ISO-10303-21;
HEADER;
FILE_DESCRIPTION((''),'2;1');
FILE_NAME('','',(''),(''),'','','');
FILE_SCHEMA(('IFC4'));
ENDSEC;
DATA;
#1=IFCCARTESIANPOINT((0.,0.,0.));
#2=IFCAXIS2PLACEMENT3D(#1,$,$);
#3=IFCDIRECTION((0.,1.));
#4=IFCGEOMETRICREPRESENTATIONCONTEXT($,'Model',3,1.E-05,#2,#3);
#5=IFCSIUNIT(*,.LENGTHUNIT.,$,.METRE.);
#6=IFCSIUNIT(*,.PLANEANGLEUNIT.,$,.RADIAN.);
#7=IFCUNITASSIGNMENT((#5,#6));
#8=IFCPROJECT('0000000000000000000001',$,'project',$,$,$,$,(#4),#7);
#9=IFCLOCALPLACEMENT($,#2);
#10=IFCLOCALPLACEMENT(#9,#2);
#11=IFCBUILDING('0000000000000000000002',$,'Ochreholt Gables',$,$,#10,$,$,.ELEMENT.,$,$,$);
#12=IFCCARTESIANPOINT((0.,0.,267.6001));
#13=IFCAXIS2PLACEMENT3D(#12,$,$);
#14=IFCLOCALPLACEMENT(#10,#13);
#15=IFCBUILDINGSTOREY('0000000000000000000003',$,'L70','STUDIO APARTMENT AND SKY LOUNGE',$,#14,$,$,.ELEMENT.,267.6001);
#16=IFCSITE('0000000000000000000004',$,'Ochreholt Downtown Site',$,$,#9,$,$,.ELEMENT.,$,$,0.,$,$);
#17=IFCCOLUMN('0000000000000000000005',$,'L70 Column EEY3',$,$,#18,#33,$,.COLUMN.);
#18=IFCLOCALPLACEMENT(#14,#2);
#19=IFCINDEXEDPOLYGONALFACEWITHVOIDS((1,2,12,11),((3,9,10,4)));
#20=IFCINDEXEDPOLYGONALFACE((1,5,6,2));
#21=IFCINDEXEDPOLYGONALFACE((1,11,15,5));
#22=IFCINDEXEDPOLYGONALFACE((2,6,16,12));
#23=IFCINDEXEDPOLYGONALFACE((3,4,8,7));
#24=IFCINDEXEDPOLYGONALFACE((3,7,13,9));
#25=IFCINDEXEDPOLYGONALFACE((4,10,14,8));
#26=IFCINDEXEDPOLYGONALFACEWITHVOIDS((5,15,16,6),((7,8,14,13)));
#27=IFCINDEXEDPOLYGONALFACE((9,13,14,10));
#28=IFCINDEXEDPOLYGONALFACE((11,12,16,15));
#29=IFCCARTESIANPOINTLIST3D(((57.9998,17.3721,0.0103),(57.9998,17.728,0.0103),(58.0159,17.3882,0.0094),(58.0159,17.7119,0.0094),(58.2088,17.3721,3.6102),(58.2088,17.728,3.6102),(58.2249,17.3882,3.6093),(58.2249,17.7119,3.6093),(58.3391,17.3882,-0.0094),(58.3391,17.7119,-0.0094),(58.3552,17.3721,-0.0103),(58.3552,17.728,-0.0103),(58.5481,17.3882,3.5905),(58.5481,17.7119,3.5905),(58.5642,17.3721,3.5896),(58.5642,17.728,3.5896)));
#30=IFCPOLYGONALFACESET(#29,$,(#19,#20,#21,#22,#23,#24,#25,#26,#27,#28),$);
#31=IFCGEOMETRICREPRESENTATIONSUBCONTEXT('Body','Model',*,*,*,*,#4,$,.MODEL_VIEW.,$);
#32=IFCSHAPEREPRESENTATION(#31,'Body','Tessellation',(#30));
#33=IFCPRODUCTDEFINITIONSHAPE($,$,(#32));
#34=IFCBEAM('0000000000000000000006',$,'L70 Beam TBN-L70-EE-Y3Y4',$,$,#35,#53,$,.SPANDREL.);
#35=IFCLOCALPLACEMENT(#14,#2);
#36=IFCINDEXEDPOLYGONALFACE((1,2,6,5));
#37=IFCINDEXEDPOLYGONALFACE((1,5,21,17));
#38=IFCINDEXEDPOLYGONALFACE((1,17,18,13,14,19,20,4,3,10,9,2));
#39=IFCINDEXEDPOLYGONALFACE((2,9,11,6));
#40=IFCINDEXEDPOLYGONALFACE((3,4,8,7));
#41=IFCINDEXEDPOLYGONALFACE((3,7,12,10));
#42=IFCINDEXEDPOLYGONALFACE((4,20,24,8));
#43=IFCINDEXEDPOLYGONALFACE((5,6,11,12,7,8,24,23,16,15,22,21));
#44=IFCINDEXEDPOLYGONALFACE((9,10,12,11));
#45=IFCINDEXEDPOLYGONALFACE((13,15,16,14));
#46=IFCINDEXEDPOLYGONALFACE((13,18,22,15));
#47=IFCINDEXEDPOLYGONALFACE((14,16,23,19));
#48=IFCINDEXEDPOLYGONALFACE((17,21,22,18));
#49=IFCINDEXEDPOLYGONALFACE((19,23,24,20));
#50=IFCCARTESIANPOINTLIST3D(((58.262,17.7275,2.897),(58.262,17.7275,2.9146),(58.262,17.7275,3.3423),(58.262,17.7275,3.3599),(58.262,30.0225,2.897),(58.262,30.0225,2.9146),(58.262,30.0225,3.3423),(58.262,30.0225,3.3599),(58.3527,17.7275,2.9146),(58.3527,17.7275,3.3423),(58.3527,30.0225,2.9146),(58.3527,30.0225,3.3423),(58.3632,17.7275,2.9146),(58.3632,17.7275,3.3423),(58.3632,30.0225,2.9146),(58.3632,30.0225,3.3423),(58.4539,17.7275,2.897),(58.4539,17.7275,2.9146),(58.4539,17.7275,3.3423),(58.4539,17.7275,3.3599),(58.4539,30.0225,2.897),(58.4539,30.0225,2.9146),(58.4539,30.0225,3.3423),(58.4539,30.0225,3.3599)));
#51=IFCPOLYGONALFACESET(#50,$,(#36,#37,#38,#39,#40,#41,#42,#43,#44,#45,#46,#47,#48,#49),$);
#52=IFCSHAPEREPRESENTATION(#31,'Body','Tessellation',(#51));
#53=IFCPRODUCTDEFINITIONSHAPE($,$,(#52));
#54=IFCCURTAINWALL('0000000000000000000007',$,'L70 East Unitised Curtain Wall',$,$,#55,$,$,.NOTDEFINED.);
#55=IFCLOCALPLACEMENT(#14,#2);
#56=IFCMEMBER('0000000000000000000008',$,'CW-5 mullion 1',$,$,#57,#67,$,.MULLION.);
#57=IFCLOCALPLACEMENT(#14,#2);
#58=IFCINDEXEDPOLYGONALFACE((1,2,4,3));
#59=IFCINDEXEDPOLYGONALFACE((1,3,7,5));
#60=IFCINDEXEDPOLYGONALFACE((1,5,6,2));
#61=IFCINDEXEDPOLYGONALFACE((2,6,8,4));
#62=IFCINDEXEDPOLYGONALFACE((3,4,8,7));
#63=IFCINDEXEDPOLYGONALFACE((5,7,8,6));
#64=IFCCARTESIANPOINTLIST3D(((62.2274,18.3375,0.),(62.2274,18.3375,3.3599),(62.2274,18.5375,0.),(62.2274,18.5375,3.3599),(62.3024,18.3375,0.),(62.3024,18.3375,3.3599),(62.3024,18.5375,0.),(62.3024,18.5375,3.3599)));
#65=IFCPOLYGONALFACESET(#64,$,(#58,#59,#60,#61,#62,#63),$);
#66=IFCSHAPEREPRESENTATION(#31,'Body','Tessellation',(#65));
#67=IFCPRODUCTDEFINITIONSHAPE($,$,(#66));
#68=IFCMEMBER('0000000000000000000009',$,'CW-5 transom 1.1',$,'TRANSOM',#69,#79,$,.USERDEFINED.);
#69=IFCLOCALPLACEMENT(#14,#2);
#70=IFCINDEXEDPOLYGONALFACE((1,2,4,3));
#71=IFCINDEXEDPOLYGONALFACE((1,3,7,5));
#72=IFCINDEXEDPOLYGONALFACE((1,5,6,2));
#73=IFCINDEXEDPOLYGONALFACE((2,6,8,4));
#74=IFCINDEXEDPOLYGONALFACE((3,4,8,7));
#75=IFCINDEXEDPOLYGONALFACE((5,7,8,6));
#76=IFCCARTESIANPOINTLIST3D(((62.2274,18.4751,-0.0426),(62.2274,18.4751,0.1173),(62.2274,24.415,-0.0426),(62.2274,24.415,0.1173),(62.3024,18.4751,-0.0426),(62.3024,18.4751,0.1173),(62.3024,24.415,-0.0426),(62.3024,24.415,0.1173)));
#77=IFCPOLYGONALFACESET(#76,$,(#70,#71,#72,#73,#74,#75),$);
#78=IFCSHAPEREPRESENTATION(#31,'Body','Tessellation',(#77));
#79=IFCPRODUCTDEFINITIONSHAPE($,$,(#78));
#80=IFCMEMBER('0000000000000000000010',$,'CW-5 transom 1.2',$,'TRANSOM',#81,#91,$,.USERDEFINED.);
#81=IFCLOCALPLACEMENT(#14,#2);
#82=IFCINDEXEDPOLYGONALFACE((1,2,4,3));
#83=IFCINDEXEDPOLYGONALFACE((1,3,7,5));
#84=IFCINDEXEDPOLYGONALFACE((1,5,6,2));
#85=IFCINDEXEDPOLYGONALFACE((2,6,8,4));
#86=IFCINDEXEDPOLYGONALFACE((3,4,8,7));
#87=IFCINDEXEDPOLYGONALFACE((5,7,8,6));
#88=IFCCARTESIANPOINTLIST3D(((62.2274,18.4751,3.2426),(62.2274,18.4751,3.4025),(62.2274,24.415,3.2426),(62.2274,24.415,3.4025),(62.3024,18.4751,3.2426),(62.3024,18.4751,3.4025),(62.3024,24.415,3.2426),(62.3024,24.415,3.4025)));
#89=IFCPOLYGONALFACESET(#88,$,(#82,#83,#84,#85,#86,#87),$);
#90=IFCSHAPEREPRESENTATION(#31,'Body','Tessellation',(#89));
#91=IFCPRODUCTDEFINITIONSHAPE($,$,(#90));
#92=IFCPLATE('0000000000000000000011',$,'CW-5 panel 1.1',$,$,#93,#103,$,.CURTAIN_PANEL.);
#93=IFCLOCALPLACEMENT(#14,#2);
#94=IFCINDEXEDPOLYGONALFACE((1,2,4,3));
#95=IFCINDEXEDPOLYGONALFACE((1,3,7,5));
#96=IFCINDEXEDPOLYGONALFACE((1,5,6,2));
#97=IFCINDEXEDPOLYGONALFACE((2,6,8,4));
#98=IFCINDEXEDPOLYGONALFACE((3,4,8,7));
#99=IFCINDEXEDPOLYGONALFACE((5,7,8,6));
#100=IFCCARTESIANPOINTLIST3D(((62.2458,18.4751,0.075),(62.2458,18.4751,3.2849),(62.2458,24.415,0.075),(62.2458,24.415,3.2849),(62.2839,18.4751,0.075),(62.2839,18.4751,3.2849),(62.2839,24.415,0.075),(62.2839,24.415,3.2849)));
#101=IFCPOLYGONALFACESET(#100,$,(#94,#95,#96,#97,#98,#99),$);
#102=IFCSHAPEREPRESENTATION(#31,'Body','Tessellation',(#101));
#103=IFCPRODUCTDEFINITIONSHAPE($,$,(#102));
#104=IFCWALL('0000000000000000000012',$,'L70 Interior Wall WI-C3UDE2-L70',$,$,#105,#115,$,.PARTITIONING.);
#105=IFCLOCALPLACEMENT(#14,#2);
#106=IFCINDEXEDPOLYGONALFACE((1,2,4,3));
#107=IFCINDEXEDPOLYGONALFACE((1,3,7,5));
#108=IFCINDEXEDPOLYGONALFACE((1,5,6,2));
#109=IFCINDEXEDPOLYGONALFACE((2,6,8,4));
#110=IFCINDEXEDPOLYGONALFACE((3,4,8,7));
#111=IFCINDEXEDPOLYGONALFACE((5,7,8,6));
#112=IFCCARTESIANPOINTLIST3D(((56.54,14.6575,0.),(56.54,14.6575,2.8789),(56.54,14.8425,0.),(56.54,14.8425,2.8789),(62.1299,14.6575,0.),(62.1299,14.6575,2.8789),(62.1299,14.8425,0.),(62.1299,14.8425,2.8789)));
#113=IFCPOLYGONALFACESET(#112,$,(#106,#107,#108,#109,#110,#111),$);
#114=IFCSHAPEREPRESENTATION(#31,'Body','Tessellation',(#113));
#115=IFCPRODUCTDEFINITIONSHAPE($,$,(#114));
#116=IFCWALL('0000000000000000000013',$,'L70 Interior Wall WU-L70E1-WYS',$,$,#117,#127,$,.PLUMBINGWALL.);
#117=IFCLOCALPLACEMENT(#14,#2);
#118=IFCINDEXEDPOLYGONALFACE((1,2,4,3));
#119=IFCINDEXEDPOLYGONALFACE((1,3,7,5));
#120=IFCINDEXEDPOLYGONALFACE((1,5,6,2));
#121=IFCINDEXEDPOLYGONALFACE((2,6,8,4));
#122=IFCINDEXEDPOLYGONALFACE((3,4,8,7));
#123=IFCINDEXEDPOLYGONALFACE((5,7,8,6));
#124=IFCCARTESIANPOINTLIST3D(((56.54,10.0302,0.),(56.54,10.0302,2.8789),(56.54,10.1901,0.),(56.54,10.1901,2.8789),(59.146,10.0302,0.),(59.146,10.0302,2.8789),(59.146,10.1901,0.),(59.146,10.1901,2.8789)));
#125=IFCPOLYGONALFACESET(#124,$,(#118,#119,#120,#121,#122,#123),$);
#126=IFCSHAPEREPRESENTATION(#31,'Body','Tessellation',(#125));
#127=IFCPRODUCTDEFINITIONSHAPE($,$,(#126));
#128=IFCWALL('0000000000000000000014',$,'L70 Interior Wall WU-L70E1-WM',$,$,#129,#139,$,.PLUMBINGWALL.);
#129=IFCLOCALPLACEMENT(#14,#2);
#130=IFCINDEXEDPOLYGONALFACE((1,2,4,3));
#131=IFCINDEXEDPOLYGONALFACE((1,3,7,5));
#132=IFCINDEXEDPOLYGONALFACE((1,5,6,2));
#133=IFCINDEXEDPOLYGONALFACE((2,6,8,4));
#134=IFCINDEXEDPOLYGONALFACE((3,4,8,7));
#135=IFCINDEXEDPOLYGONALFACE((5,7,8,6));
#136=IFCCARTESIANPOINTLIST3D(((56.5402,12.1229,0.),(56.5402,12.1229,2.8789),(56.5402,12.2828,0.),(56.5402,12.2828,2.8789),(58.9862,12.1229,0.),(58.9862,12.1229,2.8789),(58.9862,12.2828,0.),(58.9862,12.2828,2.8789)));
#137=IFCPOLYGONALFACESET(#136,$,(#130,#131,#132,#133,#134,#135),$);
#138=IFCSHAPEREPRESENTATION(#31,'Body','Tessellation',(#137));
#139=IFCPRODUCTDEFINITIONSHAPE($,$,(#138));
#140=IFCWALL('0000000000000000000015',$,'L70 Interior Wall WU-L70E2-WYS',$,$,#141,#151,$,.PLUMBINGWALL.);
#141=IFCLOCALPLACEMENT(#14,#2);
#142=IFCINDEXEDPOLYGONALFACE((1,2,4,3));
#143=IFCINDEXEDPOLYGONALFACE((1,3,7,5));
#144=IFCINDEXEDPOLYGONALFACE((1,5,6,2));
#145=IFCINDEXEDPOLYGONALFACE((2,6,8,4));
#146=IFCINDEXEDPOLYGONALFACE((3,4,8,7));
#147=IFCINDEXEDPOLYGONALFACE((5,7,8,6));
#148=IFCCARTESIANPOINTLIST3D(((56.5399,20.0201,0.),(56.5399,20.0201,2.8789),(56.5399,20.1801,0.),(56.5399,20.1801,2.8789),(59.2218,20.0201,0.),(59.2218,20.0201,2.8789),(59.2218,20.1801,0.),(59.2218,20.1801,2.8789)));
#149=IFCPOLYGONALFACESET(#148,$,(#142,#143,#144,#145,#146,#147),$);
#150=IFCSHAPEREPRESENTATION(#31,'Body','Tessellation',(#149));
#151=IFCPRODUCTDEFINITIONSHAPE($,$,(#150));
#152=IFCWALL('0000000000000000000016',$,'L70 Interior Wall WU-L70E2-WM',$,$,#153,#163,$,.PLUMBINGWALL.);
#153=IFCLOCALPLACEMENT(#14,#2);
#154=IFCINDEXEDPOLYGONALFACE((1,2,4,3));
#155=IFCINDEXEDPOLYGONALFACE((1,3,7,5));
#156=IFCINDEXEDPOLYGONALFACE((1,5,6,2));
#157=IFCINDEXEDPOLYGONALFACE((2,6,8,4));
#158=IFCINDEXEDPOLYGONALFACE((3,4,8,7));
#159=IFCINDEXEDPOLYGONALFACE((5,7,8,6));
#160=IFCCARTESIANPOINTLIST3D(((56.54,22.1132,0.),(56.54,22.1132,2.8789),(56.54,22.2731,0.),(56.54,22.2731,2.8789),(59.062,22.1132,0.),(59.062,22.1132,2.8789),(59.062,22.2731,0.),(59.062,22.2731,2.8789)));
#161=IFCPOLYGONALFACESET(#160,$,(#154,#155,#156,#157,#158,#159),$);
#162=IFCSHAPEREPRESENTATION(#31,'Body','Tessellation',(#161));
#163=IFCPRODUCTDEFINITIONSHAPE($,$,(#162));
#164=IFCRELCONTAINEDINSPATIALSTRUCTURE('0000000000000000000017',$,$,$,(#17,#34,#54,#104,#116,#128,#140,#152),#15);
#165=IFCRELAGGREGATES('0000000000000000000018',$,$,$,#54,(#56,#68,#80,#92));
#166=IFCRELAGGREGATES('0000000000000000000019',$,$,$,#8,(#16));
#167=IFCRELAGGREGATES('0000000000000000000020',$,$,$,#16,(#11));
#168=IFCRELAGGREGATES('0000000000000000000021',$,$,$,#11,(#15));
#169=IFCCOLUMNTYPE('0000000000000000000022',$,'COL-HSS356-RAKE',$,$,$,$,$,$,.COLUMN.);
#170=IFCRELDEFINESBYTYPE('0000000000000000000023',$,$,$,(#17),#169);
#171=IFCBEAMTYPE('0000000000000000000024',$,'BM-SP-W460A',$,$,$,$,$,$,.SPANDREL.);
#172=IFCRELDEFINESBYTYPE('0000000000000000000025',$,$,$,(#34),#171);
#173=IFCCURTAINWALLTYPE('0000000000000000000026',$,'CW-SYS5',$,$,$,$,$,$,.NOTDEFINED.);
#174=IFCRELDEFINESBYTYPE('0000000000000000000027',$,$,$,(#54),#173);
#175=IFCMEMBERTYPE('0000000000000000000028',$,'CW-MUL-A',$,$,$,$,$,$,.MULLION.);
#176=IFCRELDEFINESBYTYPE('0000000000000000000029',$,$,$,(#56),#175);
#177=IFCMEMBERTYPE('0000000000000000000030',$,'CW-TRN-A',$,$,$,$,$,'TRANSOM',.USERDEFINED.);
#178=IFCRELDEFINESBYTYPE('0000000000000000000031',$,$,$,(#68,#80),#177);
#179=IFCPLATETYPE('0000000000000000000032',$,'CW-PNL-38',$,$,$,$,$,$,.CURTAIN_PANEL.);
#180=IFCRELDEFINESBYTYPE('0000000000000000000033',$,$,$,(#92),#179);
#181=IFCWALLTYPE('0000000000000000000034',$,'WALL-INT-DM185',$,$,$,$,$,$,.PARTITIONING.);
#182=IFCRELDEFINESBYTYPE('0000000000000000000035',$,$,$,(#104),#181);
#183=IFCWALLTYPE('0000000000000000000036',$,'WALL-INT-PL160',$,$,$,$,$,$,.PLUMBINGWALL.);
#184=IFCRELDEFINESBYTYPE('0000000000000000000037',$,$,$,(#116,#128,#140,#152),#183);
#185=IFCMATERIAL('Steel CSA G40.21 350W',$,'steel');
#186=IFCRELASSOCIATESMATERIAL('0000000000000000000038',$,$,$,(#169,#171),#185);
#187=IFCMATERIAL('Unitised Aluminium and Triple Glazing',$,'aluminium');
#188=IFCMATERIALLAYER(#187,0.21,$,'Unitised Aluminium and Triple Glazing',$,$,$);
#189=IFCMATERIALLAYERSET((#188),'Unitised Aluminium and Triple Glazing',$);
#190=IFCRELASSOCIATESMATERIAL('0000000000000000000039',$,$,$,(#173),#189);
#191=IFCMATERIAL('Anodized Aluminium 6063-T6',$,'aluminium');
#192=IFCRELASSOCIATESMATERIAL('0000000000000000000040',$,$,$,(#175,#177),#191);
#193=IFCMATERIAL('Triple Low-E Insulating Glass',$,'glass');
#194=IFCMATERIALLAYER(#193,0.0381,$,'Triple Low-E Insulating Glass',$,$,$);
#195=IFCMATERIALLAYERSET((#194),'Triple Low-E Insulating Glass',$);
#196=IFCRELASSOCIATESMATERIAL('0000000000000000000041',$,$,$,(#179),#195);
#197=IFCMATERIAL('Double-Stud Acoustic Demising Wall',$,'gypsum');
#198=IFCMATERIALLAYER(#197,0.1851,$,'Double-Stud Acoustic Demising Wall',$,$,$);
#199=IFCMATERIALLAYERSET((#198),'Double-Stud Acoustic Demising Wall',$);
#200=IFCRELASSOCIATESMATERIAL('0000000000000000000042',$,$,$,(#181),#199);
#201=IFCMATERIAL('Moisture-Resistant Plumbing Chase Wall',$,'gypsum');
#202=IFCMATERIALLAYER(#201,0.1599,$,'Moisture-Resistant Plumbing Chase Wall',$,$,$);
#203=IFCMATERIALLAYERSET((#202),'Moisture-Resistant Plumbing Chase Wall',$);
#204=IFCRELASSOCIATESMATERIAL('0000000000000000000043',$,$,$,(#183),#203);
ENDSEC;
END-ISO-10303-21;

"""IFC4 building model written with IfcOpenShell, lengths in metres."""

from ifc_helpers import new_model, si_unit, direction, frame, frame_2d, origin, origin_2d, place, context, subcontext, project, spatial, rectangle, hollow_rectangle, i_section, extrude, material, layer, layer_set, material_profile, profile_set, type_object, element, aggregate, save


model = new_model("IFC4")

# Units and contexts
model_context = context("Model", 3, precision=1e-05, world=origin(), true_north=direction((0.0, 1.0)))
body_context = subcontext(model_context, "Body", "Model", "MODEL_VIEW")
ifc_project = project(units=[si_unit("LENGTHUNIT", "METRE"), si_unit("PLANEANGLEUNIT", "RADIAN")], contexts=[model_context])

# Site, building, storey
site_placement = place(None, origin())
site = spatial("IfcSite", under=ifc_project, at=site_placement, Name="Ochreholt Downtown Site", CompositionType="ELEMENT", RefElevation=0.0)
building_placement = place(site_placement, origin())
building = spatial("IfcBuilding", under=site, at=building_placement, Name="Ochreholt Gables", CompositionType="ELEMENT")
storey_placement = place(building_placement, frame((0.0, 0.0, 267.6001)))
storey = spatial("IfcBuildingStorey", under=building, at=storey_placement, Name="L70", Description="STUDIO APARTMENT AND SKY LOUNGE", CompositionType="ELEMENT", Elevation=267.6001)

# Column
ifc_material_1 = material(Name="Steel CSA G40.21 350W", Category="steel")
ifc_material_profile_1 = material_profile(ifc_material_1, hollow_rectangle(XDim=0.356, YDim=0.356, WallThickness=0.0161, at=origin_2d()), Name="HSS356X356X16")
ifc_profile_set_1 = profile_set([ifc_material_profile_1], Name="Steel CSA G40.21 350W")
column_type = type_object("IfcColumnType", Name="COL-HSS356-RAKE", PredefinedType="COLUMN", material=ifc_profile_set_1)
column_placement = place(storey_placement, frame((58.1775, 17.55, 0.0), z_axis=(0.057956, 0.0, 0.998319), x_axis=(0.0, 1.0, 0.0)))
element("IfcColumn", 1, at=column_placement, inside=storey, type_object=column_type, Name="L70 Column EEY3", PredefinedType="COLUMN", context=body_context, shape_type="SweptSolid", body=[
    extrude(hollow_rectangle(XDim=0.356, YDim=0.356, WallThickness=0.0161, at=origin_2d()), origin(), (0.0, 0.0, 1.0), 3.606),
])

# Beam
ifc_material_profile_2 = material_profile(ifc_material_1, i_section(OverallWidth=0.1919, OverallDepth=0.4629, WebThickness=0.0105, FlangeThickness=0.0176, at=origin_2d()), Name="W460X89")
ifc_profile_set_2 = profile_set([ifc_material_profile_2], Name="Steel CSA G40.21 350W")
beam_type = type_object("IfcBeamType", Name="BM-SP-W460A", PredefinedType="SPANDREL", material=ifc_profile_set_2)
beam_placement = place(storey_placement, frame((58.3579, 17.7275, 3.1284), z_axis=(0.0, 1.0, 0.0), x_axis=(-1.0, 0.0, 0.0)))
element("IfcBeam", 2, at=beam_placement, inside=storey, type_object=beam_type, Name="L70 Beam TBN-L70-EE-Y3Y4", PredefinedType="SPANDREL", context=body_context, shape_type="SweptSolid", body=[
    extrude(i_section(OverallWidth=0.1919, OverallDepth=0.4629, WebThickness=0.0105, FlangeThickness=0.0176, at=origin_2d()), origin(), (0.0, 0.0, 1.0), 12.2949),
])

# Curtain wall, members, plate
ifc_material_2 = material(Name="Unitised Aluminium and Triple Glazing", Category="aluminium")
ifc_layer_1 = layer(ifc_material_2, 0.21, Name="Unitised Aluminium and Triple Glazing")
ifc_layer_set_1 = layer_set([ifc_layer_1], Name="Unitised Aluminium and Triple Glazing")
curtain_wall_type = type_object("IfcCurtainWallType", Name="CW-SYS5", PredefinedType="NOTDEFINED", material=ifc_layer_set_1)
curtain_wall_placement = place(storey_placement, origin())
curtain_wall = element("IfcCurtainWall", 3, at=curtain_wall_placement, inside=storey, type_object=curtain_wall_type, Name="L70 East Unitised Curtain Wall", PredefinedType="NOTDEFINED")
ifc_material_3 = material(Name="Anodized Aluminium 6063-T6", Category="aluminium")
ifc_material_profile_3 = material_profile(ifc_material_3, rectangle(XDim=0.075, YDim=0.2, at=origin_2d()), Name="CWM75X200")
ifc_profile_set_3 = profile_set([ifc_material_profile_3], Name="Anodized Aluminium 6063-T6")
member_type_1 = type_object("IfcMemberType", Name="CW-MUL-A", PredefinedType="MULLION", material=ifc_profile_set_3)
member_1_placement = place(storey_placement, frame((62.2649, 18.4375, 0.0), z_axis=(0.0, 0.0, 1.0), x_axis=(-1.0, 0.0, 0.0)))
member_1 = element("IfcMember", 4, at=member_1_placement, type_object=member_type_1, Name="CW-5 mullion 1", PredefinedType="MULLION", context=body_context, shape_type="SweptSolid", body=[
    extrude(rectangle(XDim=0.075, YDim=0.2, at=origin_2d()), origin(), (0.0, 0.0, 1.0), 3.3599),
])
ifc_material_profile_4 = material_profile(ifc_material_3, rectangle(XDim=0.075, YDim=0.1599, at=origin_2d()), Name="CWT75X160")
ifc_profile_set_4 = profile_set([ifc_material_profile_4], Name="Anodized Aluminium 6063-T6")
member_type_2 = type_object("IfcMemberType", Name="CW-TRN-A", ElementType="TRANSOM", PredefinedType="USERDEFINED", material=ifc_profile_set_4)
member_2_placement = place(storey_placement, frame((62.2649, 18.4751, 0.0374), z_axis=(0.0, 1.0, 0.0), x_axis=(-1.0, 0.0, 0.0)))
member_2 = element("IfcMember", 5, at=member_2_placement, type_object=member_type_2, Name="CW-5 transom 1.1", ObjectType="TRANSOM", PredefinedType="USERDEFINED", context=body_context, shape_type="SweptSolid", body=[
    extrude(rectangle(XDim=0.075, YDim=0.1599, at=origin_2d()), origin(), (0.0, 0.0, 1.0), 5.9399),
])
member_3_placement = place(storey_placement, frame((62.2649, 18.4751, 3.3225), z_axis=(0.0, 1.0, 0.0), x_axis=(-1.0, 0.0, 0.0)))
member_3 = element("IfcMember", 6, at=member_3_placement, type_object=member_type_2, Name="CW-5 transom 1.2", ObjectType="TRANSOM", PredefinedType="USERDEFINED", context=body_context, shape_type="SweptSolid", body=[
    extrude(rectangle(XDim=0.075, YDim=0.1599, at=origin_2d()), origin(), (0.0, 0.0, 1.0), 5.9399),
])
ifc_material_4 = material(Name="Triple Low-E Insulating Glass", Category="glass")
ifc_layer_2 = layer(ifc_material_4, 0.0381, Name="Triple Low-E Insulating Glass")
ifc_layer_set_2 = layer_set([ifc_layer_2], Name="Triple Low-E Insulating Glass")
plate_type = type_object("IfcPlateType", Name="CW-PNL-38", PredefinedType="CURTAIN_PANEL", material=ifc_layer_set_2)
plate_placement = place(storey_placement, frame((62.2649, 21.4451, 0.075), z_axis=(0.0, 0.0, 1.0), x_axis=(0.0, 1.0, 0.0)))
plate = element("IfcPlate", 7, at=plate_placement, type_object=plate_type, Name="CW-5 panel 1.1", PredefinedType="CURTAIN_PANEL", context=body_context, shape_type="SweptSolid", body=[
    extrude(rectangle(XDim=5.9399, YDim=0.0381, at=origin_2d()), origin(), (0.0, 0.0, 1.0), 3.21),
])
aggregate(curtain_wall, [member_1, member_2, member_3, plate])

# Walls
ifc_material_5 = material(Name="Double-Stud Acoustic Demising Wall", Category="gypsum")
ifc_layer_3 = layer(ifc_material_5, 0.1851, Name="Double-Stud Acoustic Demising Wall")
ifc_layer_set_3 = layer_set([ifc_layer_3], Name="Double-Stud Acoustic Demising Wall")
wall_type_1 = type_object("IfcWallType", Name="WALL-INT-DM185", PredefinedType="PARTITIONING", material=ifc_layer_set_3)
wall_1_placement = place(storey_placement, frame((56.54, 14.75, 0.0), z_axis=(0.0, 0.0, 1.0), x_axis=(1.0, 0.0, 0.0)))
element("IfcWall", 8, at=wall_1_placement, inside=storey, type_object=wall_type_1, Name="L70 Interior Wall WI-C3UDE2-L70", PredefinedType="PARTITIONING", context=body_context, shape_type="SweptSolid", body=[
    extrude(rectangle(XDim=5.5898, YDim=0.1851, at=frame_2d((2.7949, 0.0))), origin(), (0.0, 0.0, 1.0), 2.8789),
])
ifc_material_6 = material(Name="Moisture-Resistant Plumbing Chase Wall", Category="gypsum")
ifc_layer_4 = layer(ifc_material_6, 0.1599, Name="Moisture-Resistant Plumbing Chase Wall")
ifc_layer_set_4 = layer_set([ifc_layer_4], Name="Moisture-Resistant Plumbing Chase Wall")
wall_type_2 = type_object("IfcWallType", Name="WALL-INT-PL160", PredefinedType="PLUMBINGWALL", material=ifc_layer_set_4)
wall_2_placement = place(storey_placement, frame((56.54, 10.1101, 0.0), z_axis=(0.0, 0.0, 1.0), x_axis=(1.0, 0.0, 0.0)))
element("IfcWall", 9, at=wall_2_placement, inside=storey, type_object=wall_type_2, Name="L70 Interior Wall WU-L70E1-WYS", PredefinedType="PLUMBINGWALL", context=body_context, shape_type="SweptSolid", body=[
    extrude(rectangle(XDim=2.606, YDim=0.1599, at=frame_2d((1.303, 0.0))), origin(), (0.0, 0.0, 1.0), 2.8789),
])

# Walls
wall_3_placement = place(storey_placement, frame((56.54, 12.2029, 0.0), z_axis=(0.0, 0.0, 1.0), x_axis=(1.0, 0.0, 0.0)))
element("IfcWall", 10, at=wall_3_placement, inside=storey, type_object=wall_type_2, Name="L70 Interior Wall WU-L70E1-WM", PredefinedType="PLUMBINGWALL", context=body_context, shape_type="SweptSolid", body=[
    extrude(rectangle(XDim=2.446, YDim=0.1599, at=frame_2d((1.2231, 0.0))), origin(), (0.0, 0.0, 1.0), 2.8789),
])
wall_4_placement = place(storey_placement, frame((56.54, 20.1001, 0.0), z_axis=(0.0, 0.0, 1.0), x_axis=(1.0, 0.0, 0.0)))
element("IfcWall", 11, at=wall_4_placement, inside=storey, type_object=wall_type_2, Name="L70 Interior Wall WU-L70E2-WYS", PredefinedType="PLUMBINGWALL", context=body_context, shape_type="SweptSolid", body=[
    extrude(rectangle(XDim=2.6819, YDim=0.1599, at=frame_2d((1.3408, 0.0))), origin(), (0.0, 0.0, 1.0), 2.8789),
])

# Wall
wall_5_placement = place(storey_placement, frame((56.54, 22.1931, 0.0), z_axis=(0.0, 0.0, 1.0), x_axis=(1.0, 0.0, 0.0)))
element("IfcWall", 12, at=wall_5_placement, inside=storey, type_object=wall_type_2, Name="L70 Interior Wall WU-L70E2-WM", PredefinedType="PLUMBINGWALL", context=body_context, shape_type="SweptSolid", body=[
    extrude(rectangle(XDim=2.522, YDim=0.1599, at=frame_2d((1.261, 0.0))), origin(), (0.0, 0.0, 1.0), 2.8789),
])

save(model, "model.ifc")
